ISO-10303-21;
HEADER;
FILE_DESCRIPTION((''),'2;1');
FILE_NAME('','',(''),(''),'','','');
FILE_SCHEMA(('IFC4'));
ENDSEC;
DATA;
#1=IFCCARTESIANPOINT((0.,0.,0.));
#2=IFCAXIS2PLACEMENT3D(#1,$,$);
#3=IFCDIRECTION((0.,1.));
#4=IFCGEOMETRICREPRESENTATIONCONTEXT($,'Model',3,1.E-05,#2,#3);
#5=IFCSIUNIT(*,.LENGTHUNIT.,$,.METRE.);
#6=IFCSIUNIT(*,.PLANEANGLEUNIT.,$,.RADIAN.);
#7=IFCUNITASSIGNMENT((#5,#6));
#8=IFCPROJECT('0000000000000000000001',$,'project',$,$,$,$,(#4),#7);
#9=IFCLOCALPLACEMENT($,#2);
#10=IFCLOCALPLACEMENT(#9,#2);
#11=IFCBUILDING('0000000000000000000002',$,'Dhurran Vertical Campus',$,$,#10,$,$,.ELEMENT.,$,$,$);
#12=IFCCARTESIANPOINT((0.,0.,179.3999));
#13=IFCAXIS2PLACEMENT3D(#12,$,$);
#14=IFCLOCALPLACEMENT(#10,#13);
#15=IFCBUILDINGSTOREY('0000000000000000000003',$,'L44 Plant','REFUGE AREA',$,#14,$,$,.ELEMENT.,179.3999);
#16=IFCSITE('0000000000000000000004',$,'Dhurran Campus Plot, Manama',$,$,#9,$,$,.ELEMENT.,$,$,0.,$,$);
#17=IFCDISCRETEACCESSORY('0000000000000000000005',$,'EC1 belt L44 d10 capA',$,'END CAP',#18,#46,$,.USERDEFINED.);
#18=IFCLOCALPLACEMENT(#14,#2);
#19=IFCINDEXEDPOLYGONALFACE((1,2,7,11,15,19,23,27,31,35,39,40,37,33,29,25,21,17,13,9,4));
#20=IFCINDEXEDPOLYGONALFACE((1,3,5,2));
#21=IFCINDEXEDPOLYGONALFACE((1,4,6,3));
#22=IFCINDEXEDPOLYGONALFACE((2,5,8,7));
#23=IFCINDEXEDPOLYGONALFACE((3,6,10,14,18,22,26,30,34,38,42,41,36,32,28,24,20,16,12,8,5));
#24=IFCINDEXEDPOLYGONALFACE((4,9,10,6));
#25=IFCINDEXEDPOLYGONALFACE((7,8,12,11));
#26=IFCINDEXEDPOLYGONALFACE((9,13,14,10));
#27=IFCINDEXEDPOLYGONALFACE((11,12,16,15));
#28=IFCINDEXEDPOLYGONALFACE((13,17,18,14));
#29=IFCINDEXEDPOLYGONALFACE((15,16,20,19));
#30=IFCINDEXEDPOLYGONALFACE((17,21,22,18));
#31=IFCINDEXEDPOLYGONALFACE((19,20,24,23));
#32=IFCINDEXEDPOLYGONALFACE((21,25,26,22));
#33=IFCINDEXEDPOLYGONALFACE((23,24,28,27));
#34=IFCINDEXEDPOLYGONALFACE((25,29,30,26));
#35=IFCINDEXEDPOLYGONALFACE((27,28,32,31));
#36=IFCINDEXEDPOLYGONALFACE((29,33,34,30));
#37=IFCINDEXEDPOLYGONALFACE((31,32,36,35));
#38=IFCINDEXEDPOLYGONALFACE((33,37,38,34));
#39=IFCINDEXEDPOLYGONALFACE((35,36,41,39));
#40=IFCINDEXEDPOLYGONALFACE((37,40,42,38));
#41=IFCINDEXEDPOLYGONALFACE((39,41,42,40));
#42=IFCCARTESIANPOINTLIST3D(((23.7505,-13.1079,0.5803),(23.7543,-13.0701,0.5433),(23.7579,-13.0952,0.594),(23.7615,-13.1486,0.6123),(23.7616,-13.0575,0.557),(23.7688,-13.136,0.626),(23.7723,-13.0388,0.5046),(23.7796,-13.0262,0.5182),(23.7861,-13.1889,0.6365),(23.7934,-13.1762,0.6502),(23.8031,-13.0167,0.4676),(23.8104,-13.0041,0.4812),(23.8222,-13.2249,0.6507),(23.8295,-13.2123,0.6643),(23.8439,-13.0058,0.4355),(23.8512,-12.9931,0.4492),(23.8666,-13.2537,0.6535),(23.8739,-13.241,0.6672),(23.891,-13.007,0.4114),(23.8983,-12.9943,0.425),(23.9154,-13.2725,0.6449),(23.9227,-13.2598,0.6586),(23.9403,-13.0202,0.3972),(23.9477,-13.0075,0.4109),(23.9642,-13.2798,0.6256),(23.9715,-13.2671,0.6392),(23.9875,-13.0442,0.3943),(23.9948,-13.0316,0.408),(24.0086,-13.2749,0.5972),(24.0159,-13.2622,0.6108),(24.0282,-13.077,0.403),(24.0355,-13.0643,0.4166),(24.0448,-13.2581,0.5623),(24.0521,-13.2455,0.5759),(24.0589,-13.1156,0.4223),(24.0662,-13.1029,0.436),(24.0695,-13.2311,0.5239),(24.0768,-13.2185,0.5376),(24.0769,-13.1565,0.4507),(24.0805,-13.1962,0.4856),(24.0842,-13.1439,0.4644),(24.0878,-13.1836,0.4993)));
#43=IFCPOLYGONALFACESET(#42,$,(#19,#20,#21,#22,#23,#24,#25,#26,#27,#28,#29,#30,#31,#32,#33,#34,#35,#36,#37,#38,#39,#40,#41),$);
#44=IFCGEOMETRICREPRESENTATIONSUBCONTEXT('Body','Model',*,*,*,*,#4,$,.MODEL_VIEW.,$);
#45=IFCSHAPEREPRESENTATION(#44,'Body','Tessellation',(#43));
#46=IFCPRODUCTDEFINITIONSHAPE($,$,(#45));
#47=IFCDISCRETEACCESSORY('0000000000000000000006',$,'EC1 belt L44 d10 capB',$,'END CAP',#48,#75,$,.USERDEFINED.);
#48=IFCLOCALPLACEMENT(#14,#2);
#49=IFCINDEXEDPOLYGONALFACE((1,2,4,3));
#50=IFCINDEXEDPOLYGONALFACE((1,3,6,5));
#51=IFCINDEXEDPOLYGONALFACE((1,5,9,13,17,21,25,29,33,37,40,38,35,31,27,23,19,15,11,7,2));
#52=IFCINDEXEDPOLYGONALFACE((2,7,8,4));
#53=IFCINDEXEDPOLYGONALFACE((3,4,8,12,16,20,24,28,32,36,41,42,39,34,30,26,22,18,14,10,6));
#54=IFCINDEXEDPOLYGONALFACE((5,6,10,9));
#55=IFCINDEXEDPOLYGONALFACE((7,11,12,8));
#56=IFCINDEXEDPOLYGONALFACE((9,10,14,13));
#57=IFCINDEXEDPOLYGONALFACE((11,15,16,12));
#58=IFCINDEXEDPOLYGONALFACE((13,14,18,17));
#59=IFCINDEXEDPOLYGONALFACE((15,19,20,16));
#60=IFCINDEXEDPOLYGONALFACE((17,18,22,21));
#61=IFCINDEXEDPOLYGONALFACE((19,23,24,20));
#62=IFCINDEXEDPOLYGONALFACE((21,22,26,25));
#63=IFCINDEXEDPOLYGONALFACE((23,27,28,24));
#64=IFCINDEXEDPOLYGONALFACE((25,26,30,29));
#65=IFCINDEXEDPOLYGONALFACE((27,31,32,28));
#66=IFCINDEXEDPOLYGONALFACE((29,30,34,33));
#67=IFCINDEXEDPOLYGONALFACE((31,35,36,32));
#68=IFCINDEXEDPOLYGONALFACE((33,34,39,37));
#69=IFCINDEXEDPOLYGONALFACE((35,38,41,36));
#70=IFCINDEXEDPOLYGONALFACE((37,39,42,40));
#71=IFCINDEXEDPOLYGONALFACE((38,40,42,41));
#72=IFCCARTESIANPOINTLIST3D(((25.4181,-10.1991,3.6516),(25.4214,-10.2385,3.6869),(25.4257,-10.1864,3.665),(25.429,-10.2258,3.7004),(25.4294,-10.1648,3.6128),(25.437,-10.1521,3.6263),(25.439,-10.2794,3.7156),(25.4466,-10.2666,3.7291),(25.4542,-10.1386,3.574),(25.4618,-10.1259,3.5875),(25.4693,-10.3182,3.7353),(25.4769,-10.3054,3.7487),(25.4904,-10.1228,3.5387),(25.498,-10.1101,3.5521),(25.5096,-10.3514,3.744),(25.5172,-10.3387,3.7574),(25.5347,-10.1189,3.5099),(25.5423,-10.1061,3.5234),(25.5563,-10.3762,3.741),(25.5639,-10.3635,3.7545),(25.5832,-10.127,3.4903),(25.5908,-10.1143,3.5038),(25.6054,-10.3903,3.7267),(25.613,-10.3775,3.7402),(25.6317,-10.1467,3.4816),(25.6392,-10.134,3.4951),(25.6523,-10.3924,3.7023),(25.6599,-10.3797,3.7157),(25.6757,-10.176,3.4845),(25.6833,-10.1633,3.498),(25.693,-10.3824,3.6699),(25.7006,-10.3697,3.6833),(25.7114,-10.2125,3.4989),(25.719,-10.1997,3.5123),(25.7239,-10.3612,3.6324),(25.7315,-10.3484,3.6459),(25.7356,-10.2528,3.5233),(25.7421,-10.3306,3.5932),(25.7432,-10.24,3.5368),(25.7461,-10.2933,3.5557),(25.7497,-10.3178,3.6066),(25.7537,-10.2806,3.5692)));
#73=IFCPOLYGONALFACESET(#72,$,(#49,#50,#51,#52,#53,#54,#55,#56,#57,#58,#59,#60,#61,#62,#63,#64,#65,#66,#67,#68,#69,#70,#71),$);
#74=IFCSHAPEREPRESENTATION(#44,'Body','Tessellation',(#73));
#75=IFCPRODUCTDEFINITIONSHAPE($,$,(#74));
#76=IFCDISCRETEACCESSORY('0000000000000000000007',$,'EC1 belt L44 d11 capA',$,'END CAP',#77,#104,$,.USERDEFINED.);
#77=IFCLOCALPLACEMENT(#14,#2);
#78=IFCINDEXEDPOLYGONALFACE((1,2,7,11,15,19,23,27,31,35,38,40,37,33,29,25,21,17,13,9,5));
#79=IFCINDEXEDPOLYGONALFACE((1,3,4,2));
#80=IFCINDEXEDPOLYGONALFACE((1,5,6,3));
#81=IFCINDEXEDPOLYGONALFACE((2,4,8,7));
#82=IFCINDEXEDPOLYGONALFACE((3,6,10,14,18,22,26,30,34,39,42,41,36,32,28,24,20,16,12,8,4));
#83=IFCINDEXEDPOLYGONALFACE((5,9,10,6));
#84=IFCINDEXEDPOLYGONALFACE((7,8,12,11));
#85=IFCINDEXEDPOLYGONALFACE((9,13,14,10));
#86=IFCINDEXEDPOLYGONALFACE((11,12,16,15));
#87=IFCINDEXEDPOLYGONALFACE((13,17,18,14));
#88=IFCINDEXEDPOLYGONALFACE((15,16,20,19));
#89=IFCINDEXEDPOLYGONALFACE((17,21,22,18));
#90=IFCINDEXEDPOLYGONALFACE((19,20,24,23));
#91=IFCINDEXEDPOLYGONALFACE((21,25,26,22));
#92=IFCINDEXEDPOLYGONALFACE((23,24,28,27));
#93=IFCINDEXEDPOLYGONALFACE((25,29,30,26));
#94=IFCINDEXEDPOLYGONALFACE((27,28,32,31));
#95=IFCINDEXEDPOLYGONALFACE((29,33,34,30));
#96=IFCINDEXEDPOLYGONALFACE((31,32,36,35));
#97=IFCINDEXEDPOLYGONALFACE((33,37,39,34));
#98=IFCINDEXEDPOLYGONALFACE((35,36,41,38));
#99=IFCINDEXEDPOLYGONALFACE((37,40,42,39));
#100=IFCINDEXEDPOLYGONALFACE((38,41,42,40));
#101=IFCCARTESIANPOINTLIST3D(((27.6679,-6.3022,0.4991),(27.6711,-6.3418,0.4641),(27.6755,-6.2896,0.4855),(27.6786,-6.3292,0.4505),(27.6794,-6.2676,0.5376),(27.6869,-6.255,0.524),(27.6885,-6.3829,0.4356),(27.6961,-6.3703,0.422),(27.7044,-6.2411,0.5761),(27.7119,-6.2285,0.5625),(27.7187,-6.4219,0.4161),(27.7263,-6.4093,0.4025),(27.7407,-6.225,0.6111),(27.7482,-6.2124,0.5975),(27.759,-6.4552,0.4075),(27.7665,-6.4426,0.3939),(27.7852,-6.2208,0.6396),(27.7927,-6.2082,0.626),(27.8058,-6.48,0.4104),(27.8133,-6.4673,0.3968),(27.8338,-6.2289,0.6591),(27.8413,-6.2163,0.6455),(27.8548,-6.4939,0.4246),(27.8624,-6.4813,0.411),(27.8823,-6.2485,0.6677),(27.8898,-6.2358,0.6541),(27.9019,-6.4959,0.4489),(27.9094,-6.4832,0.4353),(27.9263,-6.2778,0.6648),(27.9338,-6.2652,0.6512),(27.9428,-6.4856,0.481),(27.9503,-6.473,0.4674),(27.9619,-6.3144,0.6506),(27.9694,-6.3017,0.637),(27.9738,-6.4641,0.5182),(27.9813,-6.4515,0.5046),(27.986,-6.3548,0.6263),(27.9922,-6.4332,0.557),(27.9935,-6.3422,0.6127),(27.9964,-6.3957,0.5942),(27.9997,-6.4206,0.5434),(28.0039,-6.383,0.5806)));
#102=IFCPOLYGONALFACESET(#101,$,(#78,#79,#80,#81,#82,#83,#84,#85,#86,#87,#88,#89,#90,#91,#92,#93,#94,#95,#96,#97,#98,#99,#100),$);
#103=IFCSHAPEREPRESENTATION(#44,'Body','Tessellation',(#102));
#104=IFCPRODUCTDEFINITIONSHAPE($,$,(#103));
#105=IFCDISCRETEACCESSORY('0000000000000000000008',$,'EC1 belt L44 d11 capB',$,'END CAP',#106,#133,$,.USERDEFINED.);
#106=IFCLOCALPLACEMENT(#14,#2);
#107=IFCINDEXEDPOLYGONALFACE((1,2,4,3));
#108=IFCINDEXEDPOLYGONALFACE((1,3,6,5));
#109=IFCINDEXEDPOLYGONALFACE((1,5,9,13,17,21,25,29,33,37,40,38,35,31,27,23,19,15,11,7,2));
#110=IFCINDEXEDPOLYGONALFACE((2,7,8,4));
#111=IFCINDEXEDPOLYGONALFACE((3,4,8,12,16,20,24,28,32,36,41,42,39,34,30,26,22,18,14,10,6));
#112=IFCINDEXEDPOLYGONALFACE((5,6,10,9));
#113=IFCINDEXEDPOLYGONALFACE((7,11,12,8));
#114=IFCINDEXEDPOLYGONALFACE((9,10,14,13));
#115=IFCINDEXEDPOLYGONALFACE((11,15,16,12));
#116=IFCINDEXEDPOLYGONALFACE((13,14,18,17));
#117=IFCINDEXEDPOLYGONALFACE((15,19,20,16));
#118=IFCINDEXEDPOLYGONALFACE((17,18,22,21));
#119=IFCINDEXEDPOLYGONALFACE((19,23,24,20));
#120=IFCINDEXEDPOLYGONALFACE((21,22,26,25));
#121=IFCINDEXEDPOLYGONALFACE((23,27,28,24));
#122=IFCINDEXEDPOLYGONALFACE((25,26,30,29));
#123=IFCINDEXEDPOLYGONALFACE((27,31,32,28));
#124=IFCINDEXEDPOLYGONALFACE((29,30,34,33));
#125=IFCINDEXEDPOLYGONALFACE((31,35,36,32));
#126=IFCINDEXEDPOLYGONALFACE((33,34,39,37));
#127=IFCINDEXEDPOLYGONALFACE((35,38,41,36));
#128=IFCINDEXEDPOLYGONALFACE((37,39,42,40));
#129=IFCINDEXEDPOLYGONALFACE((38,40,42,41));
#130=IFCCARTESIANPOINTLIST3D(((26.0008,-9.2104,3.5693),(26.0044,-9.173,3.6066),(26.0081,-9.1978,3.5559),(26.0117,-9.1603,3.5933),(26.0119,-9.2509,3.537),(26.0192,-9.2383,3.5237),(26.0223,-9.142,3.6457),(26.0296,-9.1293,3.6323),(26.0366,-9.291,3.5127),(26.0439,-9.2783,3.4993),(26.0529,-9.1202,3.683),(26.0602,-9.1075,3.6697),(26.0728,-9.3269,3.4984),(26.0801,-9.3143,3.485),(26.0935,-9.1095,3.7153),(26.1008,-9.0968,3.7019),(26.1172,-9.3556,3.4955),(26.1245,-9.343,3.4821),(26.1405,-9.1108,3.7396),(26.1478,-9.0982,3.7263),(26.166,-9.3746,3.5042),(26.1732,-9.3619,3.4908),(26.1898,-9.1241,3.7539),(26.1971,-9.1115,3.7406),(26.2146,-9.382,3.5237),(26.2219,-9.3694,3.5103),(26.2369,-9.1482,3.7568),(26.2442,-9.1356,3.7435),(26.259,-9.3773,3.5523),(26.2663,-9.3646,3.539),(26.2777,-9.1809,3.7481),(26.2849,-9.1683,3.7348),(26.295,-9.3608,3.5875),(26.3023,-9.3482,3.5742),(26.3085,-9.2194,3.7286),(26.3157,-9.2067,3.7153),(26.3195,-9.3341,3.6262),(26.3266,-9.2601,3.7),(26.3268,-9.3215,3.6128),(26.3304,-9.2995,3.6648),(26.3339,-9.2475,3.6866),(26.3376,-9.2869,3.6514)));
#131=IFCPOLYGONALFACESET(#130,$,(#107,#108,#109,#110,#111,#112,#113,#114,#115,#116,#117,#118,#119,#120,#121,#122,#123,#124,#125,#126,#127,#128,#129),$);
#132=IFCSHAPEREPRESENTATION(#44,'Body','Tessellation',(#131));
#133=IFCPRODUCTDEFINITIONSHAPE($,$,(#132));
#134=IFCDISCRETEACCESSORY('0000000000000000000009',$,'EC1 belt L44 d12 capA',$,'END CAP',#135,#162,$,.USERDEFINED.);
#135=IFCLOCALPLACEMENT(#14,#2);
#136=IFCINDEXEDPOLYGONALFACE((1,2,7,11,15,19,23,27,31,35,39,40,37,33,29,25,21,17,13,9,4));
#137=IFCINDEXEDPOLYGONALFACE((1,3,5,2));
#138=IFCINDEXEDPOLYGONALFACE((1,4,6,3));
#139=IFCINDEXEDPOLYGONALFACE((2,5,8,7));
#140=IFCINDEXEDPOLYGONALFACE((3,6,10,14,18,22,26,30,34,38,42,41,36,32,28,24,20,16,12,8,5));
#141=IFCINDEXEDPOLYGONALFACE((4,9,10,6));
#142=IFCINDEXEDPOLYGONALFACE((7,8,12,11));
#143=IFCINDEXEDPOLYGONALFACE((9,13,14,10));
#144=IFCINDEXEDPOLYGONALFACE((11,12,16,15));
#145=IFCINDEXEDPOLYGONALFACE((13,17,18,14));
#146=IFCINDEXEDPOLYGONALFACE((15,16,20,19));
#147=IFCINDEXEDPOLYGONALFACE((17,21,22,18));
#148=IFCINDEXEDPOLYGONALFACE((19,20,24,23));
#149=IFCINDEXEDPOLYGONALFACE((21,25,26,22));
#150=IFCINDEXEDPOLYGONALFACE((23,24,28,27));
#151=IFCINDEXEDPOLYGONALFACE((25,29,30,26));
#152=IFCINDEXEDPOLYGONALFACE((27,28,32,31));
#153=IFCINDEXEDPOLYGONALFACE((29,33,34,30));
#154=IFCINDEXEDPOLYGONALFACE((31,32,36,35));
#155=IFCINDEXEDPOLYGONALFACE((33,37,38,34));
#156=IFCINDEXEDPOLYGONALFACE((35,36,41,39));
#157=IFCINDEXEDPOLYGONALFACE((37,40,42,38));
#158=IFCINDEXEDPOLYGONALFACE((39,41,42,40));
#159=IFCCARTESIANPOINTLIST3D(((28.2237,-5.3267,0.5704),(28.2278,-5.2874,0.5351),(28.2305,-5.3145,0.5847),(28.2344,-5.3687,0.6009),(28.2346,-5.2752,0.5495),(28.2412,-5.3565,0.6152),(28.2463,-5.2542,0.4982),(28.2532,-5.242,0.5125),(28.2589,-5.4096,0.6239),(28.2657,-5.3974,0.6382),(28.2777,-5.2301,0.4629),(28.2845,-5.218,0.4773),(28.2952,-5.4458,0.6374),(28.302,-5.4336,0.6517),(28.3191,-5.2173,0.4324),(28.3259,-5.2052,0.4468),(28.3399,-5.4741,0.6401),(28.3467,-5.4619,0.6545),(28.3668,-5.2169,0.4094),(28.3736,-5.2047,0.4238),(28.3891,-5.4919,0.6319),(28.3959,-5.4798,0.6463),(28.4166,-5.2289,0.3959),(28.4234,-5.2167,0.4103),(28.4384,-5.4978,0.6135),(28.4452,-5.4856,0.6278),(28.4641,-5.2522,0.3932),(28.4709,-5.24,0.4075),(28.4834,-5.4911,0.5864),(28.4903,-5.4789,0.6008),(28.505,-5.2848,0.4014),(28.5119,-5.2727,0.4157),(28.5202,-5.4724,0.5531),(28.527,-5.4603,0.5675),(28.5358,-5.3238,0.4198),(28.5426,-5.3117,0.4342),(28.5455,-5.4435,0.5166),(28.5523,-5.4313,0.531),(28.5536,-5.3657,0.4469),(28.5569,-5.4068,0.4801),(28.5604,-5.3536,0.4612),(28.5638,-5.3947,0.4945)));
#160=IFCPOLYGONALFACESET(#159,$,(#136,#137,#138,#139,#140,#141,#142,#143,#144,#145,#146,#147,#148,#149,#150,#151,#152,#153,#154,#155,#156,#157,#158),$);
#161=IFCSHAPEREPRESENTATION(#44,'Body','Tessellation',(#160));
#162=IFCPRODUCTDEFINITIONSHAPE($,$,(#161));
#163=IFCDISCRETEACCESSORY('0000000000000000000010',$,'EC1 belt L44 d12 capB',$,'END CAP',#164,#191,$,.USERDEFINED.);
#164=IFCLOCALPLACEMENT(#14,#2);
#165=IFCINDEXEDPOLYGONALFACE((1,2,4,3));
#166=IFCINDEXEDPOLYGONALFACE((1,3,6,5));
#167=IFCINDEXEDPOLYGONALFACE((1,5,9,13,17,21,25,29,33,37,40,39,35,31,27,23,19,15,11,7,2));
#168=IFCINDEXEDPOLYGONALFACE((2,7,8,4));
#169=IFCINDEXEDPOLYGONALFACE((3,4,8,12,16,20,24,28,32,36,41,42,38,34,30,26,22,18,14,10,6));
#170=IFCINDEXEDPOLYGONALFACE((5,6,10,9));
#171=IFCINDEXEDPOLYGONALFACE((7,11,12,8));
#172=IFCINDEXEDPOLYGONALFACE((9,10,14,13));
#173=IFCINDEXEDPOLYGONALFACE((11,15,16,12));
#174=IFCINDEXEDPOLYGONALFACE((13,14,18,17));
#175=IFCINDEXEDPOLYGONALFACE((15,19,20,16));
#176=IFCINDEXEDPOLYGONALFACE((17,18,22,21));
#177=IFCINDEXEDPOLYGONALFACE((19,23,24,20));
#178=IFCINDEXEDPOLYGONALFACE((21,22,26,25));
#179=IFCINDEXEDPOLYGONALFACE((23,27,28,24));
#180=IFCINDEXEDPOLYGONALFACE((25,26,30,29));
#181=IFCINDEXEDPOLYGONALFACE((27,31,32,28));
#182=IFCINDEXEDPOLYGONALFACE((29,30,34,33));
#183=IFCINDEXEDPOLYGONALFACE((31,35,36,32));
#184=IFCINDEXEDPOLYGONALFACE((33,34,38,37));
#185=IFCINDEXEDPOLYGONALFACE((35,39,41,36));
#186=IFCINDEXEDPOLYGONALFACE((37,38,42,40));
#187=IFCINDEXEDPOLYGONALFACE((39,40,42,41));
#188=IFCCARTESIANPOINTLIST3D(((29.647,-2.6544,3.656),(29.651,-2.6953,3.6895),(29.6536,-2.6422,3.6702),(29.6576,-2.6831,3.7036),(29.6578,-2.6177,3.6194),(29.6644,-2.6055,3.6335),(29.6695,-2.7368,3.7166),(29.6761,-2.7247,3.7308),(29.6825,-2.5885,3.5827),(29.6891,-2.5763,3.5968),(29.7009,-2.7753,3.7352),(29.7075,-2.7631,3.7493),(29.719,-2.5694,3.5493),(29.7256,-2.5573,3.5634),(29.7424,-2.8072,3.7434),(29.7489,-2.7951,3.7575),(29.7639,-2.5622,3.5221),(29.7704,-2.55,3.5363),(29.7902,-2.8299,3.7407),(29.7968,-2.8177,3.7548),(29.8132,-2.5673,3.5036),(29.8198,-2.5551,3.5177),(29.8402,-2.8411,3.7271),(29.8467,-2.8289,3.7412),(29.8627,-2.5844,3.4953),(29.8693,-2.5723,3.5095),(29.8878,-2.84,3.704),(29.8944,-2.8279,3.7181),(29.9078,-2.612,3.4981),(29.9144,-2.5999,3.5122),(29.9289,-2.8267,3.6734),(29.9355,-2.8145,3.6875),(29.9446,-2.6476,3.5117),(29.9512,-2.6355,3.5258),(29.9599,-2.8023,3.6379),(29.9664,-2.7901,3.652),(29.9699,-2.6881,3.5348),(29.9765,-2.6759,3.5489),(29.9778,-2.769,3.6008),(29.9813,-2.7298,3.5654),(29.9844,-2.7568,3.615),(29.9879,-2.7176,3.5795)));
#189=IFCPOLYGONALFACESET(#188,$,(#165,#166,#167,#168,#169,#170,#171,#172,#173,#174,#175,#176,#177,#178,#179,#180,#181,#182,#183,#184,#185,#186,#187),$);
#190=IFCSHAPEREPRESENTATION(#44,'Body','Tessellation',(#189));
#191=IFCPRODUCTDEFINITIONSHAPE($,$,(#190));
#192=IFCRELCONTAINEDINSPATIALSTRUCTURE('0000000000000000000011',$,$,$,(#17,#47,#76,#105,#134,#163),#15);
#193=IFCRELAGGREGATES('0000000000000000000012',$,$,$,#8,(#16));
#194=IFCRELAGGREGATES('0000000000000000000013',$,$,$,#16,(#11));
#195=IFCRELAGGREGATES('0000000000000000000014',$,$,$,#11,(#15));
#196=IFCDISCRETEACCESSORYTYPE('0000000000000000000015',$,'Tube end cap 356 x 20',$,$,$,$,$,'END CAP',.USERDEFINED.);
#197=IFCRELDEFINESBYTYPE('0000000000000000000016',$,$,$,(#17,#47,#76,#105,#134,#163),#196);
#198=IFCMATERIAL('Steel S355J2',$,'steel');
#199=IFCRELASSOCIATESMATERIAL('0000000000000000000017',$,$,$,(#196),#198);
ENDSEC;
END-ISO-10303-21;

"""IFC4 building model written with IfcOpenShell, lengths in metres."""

from ifc_helpers import new_model, si_unit, direction, frame, origin, origin_2d, place, context, subcontext, project, spatial, circle, extrude, material, material_profile, profile_set, type_object, element, save


model = new_model("IFC4")

# Units and contexts
model_context = context("Model", 3, precision=1e-05, world=origin(), true_north=direction((0.0, 1.0)))
body_context = subcontext(model_context, "Body", "Model", "MODEL_VIEW")
ifc_project = project(units=[si_unit("LENGTHUNIT", "METRE"), si_unit("PLANEANGLEUNIT", "RADIAN")], contexts=[model_context])

# Site, building, storey
site_placement = place(None, origin())
site = spatial("IfcSite", under=ifc_project, at=site_placement, Name="Dhurran Campus Plot, Manama", CompositionType="ELEMENT", RefElevation=0.0)
building_placement = place(site_placement, origin())
building = spatial("IfcBuilding", under=site, at=building_placement, Name="Dhurran Vertical Campus", CompositionType="ELEMENT")
storey_placement = place(building_placement, frame((0.0, 0.0, 179.3999)))
storey = spatial("IfcBuildingStorey", under=building, at=storey_placement, Name="L44 Plant", Description="REFUGE AREA", CompositionType="ELEMENT", Elevation=179.3999)

# Discrete accessories
ifc_material_1 = material(Name="Steel S355J2", Category="steel")
ifc_material_profile_1 = material_profile(ifc_material_1, circle(Radius=0.1777, at=origin_2d()), Name="Tube end cap 356 x 20")
ifc_profile_set_1 = profile_set([ifc_material_profile_1], Name="Steel S355J2")
discrete_accessory_type = type_object("IfcDiscreteAccessoryType", Name="Tube end cap 356 x 20", ElementType="END CAP", PredefinedType="USERDEFINED", material=ifc_profile_set_1)
for number, where, z_axis, x_axis, name in (
    (1, (23.9229, -13.1296, 0.5376), (-0.365419, -0.633393, -0.682116), (0.866186, -0.499722, 0.0), "EC1 belt L44 d10 capA"),
    (2, (25.582, -10.2559, 3.6128), (0.379008, 0.635756, 0.672434), (-0.858947, 0.512065, 0.0), "EC1 belt L44 d10 capB"),
    (3, (27.832, -6.3586, 0.5376), (0.375903, 0.630546, -0.67905), (-0.858947, 0.512065, 0.0), "EC1 belt L44 d11 capA"),
):
    element("IfcDiscreteAccessory", number, at=place(storey_placement, frame(where, z_axis=z_axis, x_axis=x_axis)), inside=storey, type_object=discrete_accessory_type, Name=name, ObjectType="END CAP", PredefinedType="USERDEFINED", context=body_context, shape_type="SweptSolid", body=[
        extrude(circle(Radius=0.1777, at=origin_2d()), origin(), (0.0, 0.0, 1.0), 0.02),
    ])
discrete_accessory_1_placement = place(storey_placement, frame((26.1729, -9.2327, 3.6128), z_axis=(-0.368466, -0.638674, 0.675521), x_axis=(0.866186, -0.499722, 0.0)))
element("IfcDiscreteAccessory", 4, at=discrete_accessory_1_placement, inside=storey, type_object=discrete_accessory_type, Name="EC1 belt L44 d11 capB", ObjectType="END CAP", PredefinedType="USERDEFINED", context=body_context, shape_type="SweptSolid", body=[
    extrude(circle(Radius=0.1777, at=origin_2d()), origin(), (0.0, 0.0, 1.0), 0.0198),
])
discrete_accessory_2_placement = place(storey_placement, frame((28.3972, -5.3445, 0.531), z_axis=(-0.340427, -0.607906, -0.717329), x_axis=(0.872506, -0.488603, 0.0)))
element("IfcDiscreteAccessory", 5, at=discrete_accessory_2_placement, inside=storey, type_object=discrete_accessory_type, Name="EC1 belt L44 d12 capA", ObjectType="END CAP", PredefinedType="USERDEFINED", context=body_context, shape_type="SweptSolid", body=[
    extrude(circle(Radius=0.1777, at=origin_2d()), origin(), (0.0, 0.0, 1.0), 0.02),
])
discrete_accessory_3_placement = place(storey_placement, frame((29.8142, -2.7021, 3.6194), z_axis=(0.332523, 0.615784, 0.71431), x_axis=(-0.879905, 0.475149, 0.0)))
element("IfcDiscreteAccessory", 6, at=discrete_accessory_3_placement, inside=storey, type_object=discrete_accessory_type, Name="EC1 belt L44 d12 capB", ObjectType="END CAP", PredefinedType="USERDEFINED", context=body_context, shape_type="SweptSolid", body=[
    extrude(circle(Radius=0.1777, at=origin_2d()), origin(), (0.0, 0.0, 1.0), 0.0198),
])

save(model, "model.ifc")
